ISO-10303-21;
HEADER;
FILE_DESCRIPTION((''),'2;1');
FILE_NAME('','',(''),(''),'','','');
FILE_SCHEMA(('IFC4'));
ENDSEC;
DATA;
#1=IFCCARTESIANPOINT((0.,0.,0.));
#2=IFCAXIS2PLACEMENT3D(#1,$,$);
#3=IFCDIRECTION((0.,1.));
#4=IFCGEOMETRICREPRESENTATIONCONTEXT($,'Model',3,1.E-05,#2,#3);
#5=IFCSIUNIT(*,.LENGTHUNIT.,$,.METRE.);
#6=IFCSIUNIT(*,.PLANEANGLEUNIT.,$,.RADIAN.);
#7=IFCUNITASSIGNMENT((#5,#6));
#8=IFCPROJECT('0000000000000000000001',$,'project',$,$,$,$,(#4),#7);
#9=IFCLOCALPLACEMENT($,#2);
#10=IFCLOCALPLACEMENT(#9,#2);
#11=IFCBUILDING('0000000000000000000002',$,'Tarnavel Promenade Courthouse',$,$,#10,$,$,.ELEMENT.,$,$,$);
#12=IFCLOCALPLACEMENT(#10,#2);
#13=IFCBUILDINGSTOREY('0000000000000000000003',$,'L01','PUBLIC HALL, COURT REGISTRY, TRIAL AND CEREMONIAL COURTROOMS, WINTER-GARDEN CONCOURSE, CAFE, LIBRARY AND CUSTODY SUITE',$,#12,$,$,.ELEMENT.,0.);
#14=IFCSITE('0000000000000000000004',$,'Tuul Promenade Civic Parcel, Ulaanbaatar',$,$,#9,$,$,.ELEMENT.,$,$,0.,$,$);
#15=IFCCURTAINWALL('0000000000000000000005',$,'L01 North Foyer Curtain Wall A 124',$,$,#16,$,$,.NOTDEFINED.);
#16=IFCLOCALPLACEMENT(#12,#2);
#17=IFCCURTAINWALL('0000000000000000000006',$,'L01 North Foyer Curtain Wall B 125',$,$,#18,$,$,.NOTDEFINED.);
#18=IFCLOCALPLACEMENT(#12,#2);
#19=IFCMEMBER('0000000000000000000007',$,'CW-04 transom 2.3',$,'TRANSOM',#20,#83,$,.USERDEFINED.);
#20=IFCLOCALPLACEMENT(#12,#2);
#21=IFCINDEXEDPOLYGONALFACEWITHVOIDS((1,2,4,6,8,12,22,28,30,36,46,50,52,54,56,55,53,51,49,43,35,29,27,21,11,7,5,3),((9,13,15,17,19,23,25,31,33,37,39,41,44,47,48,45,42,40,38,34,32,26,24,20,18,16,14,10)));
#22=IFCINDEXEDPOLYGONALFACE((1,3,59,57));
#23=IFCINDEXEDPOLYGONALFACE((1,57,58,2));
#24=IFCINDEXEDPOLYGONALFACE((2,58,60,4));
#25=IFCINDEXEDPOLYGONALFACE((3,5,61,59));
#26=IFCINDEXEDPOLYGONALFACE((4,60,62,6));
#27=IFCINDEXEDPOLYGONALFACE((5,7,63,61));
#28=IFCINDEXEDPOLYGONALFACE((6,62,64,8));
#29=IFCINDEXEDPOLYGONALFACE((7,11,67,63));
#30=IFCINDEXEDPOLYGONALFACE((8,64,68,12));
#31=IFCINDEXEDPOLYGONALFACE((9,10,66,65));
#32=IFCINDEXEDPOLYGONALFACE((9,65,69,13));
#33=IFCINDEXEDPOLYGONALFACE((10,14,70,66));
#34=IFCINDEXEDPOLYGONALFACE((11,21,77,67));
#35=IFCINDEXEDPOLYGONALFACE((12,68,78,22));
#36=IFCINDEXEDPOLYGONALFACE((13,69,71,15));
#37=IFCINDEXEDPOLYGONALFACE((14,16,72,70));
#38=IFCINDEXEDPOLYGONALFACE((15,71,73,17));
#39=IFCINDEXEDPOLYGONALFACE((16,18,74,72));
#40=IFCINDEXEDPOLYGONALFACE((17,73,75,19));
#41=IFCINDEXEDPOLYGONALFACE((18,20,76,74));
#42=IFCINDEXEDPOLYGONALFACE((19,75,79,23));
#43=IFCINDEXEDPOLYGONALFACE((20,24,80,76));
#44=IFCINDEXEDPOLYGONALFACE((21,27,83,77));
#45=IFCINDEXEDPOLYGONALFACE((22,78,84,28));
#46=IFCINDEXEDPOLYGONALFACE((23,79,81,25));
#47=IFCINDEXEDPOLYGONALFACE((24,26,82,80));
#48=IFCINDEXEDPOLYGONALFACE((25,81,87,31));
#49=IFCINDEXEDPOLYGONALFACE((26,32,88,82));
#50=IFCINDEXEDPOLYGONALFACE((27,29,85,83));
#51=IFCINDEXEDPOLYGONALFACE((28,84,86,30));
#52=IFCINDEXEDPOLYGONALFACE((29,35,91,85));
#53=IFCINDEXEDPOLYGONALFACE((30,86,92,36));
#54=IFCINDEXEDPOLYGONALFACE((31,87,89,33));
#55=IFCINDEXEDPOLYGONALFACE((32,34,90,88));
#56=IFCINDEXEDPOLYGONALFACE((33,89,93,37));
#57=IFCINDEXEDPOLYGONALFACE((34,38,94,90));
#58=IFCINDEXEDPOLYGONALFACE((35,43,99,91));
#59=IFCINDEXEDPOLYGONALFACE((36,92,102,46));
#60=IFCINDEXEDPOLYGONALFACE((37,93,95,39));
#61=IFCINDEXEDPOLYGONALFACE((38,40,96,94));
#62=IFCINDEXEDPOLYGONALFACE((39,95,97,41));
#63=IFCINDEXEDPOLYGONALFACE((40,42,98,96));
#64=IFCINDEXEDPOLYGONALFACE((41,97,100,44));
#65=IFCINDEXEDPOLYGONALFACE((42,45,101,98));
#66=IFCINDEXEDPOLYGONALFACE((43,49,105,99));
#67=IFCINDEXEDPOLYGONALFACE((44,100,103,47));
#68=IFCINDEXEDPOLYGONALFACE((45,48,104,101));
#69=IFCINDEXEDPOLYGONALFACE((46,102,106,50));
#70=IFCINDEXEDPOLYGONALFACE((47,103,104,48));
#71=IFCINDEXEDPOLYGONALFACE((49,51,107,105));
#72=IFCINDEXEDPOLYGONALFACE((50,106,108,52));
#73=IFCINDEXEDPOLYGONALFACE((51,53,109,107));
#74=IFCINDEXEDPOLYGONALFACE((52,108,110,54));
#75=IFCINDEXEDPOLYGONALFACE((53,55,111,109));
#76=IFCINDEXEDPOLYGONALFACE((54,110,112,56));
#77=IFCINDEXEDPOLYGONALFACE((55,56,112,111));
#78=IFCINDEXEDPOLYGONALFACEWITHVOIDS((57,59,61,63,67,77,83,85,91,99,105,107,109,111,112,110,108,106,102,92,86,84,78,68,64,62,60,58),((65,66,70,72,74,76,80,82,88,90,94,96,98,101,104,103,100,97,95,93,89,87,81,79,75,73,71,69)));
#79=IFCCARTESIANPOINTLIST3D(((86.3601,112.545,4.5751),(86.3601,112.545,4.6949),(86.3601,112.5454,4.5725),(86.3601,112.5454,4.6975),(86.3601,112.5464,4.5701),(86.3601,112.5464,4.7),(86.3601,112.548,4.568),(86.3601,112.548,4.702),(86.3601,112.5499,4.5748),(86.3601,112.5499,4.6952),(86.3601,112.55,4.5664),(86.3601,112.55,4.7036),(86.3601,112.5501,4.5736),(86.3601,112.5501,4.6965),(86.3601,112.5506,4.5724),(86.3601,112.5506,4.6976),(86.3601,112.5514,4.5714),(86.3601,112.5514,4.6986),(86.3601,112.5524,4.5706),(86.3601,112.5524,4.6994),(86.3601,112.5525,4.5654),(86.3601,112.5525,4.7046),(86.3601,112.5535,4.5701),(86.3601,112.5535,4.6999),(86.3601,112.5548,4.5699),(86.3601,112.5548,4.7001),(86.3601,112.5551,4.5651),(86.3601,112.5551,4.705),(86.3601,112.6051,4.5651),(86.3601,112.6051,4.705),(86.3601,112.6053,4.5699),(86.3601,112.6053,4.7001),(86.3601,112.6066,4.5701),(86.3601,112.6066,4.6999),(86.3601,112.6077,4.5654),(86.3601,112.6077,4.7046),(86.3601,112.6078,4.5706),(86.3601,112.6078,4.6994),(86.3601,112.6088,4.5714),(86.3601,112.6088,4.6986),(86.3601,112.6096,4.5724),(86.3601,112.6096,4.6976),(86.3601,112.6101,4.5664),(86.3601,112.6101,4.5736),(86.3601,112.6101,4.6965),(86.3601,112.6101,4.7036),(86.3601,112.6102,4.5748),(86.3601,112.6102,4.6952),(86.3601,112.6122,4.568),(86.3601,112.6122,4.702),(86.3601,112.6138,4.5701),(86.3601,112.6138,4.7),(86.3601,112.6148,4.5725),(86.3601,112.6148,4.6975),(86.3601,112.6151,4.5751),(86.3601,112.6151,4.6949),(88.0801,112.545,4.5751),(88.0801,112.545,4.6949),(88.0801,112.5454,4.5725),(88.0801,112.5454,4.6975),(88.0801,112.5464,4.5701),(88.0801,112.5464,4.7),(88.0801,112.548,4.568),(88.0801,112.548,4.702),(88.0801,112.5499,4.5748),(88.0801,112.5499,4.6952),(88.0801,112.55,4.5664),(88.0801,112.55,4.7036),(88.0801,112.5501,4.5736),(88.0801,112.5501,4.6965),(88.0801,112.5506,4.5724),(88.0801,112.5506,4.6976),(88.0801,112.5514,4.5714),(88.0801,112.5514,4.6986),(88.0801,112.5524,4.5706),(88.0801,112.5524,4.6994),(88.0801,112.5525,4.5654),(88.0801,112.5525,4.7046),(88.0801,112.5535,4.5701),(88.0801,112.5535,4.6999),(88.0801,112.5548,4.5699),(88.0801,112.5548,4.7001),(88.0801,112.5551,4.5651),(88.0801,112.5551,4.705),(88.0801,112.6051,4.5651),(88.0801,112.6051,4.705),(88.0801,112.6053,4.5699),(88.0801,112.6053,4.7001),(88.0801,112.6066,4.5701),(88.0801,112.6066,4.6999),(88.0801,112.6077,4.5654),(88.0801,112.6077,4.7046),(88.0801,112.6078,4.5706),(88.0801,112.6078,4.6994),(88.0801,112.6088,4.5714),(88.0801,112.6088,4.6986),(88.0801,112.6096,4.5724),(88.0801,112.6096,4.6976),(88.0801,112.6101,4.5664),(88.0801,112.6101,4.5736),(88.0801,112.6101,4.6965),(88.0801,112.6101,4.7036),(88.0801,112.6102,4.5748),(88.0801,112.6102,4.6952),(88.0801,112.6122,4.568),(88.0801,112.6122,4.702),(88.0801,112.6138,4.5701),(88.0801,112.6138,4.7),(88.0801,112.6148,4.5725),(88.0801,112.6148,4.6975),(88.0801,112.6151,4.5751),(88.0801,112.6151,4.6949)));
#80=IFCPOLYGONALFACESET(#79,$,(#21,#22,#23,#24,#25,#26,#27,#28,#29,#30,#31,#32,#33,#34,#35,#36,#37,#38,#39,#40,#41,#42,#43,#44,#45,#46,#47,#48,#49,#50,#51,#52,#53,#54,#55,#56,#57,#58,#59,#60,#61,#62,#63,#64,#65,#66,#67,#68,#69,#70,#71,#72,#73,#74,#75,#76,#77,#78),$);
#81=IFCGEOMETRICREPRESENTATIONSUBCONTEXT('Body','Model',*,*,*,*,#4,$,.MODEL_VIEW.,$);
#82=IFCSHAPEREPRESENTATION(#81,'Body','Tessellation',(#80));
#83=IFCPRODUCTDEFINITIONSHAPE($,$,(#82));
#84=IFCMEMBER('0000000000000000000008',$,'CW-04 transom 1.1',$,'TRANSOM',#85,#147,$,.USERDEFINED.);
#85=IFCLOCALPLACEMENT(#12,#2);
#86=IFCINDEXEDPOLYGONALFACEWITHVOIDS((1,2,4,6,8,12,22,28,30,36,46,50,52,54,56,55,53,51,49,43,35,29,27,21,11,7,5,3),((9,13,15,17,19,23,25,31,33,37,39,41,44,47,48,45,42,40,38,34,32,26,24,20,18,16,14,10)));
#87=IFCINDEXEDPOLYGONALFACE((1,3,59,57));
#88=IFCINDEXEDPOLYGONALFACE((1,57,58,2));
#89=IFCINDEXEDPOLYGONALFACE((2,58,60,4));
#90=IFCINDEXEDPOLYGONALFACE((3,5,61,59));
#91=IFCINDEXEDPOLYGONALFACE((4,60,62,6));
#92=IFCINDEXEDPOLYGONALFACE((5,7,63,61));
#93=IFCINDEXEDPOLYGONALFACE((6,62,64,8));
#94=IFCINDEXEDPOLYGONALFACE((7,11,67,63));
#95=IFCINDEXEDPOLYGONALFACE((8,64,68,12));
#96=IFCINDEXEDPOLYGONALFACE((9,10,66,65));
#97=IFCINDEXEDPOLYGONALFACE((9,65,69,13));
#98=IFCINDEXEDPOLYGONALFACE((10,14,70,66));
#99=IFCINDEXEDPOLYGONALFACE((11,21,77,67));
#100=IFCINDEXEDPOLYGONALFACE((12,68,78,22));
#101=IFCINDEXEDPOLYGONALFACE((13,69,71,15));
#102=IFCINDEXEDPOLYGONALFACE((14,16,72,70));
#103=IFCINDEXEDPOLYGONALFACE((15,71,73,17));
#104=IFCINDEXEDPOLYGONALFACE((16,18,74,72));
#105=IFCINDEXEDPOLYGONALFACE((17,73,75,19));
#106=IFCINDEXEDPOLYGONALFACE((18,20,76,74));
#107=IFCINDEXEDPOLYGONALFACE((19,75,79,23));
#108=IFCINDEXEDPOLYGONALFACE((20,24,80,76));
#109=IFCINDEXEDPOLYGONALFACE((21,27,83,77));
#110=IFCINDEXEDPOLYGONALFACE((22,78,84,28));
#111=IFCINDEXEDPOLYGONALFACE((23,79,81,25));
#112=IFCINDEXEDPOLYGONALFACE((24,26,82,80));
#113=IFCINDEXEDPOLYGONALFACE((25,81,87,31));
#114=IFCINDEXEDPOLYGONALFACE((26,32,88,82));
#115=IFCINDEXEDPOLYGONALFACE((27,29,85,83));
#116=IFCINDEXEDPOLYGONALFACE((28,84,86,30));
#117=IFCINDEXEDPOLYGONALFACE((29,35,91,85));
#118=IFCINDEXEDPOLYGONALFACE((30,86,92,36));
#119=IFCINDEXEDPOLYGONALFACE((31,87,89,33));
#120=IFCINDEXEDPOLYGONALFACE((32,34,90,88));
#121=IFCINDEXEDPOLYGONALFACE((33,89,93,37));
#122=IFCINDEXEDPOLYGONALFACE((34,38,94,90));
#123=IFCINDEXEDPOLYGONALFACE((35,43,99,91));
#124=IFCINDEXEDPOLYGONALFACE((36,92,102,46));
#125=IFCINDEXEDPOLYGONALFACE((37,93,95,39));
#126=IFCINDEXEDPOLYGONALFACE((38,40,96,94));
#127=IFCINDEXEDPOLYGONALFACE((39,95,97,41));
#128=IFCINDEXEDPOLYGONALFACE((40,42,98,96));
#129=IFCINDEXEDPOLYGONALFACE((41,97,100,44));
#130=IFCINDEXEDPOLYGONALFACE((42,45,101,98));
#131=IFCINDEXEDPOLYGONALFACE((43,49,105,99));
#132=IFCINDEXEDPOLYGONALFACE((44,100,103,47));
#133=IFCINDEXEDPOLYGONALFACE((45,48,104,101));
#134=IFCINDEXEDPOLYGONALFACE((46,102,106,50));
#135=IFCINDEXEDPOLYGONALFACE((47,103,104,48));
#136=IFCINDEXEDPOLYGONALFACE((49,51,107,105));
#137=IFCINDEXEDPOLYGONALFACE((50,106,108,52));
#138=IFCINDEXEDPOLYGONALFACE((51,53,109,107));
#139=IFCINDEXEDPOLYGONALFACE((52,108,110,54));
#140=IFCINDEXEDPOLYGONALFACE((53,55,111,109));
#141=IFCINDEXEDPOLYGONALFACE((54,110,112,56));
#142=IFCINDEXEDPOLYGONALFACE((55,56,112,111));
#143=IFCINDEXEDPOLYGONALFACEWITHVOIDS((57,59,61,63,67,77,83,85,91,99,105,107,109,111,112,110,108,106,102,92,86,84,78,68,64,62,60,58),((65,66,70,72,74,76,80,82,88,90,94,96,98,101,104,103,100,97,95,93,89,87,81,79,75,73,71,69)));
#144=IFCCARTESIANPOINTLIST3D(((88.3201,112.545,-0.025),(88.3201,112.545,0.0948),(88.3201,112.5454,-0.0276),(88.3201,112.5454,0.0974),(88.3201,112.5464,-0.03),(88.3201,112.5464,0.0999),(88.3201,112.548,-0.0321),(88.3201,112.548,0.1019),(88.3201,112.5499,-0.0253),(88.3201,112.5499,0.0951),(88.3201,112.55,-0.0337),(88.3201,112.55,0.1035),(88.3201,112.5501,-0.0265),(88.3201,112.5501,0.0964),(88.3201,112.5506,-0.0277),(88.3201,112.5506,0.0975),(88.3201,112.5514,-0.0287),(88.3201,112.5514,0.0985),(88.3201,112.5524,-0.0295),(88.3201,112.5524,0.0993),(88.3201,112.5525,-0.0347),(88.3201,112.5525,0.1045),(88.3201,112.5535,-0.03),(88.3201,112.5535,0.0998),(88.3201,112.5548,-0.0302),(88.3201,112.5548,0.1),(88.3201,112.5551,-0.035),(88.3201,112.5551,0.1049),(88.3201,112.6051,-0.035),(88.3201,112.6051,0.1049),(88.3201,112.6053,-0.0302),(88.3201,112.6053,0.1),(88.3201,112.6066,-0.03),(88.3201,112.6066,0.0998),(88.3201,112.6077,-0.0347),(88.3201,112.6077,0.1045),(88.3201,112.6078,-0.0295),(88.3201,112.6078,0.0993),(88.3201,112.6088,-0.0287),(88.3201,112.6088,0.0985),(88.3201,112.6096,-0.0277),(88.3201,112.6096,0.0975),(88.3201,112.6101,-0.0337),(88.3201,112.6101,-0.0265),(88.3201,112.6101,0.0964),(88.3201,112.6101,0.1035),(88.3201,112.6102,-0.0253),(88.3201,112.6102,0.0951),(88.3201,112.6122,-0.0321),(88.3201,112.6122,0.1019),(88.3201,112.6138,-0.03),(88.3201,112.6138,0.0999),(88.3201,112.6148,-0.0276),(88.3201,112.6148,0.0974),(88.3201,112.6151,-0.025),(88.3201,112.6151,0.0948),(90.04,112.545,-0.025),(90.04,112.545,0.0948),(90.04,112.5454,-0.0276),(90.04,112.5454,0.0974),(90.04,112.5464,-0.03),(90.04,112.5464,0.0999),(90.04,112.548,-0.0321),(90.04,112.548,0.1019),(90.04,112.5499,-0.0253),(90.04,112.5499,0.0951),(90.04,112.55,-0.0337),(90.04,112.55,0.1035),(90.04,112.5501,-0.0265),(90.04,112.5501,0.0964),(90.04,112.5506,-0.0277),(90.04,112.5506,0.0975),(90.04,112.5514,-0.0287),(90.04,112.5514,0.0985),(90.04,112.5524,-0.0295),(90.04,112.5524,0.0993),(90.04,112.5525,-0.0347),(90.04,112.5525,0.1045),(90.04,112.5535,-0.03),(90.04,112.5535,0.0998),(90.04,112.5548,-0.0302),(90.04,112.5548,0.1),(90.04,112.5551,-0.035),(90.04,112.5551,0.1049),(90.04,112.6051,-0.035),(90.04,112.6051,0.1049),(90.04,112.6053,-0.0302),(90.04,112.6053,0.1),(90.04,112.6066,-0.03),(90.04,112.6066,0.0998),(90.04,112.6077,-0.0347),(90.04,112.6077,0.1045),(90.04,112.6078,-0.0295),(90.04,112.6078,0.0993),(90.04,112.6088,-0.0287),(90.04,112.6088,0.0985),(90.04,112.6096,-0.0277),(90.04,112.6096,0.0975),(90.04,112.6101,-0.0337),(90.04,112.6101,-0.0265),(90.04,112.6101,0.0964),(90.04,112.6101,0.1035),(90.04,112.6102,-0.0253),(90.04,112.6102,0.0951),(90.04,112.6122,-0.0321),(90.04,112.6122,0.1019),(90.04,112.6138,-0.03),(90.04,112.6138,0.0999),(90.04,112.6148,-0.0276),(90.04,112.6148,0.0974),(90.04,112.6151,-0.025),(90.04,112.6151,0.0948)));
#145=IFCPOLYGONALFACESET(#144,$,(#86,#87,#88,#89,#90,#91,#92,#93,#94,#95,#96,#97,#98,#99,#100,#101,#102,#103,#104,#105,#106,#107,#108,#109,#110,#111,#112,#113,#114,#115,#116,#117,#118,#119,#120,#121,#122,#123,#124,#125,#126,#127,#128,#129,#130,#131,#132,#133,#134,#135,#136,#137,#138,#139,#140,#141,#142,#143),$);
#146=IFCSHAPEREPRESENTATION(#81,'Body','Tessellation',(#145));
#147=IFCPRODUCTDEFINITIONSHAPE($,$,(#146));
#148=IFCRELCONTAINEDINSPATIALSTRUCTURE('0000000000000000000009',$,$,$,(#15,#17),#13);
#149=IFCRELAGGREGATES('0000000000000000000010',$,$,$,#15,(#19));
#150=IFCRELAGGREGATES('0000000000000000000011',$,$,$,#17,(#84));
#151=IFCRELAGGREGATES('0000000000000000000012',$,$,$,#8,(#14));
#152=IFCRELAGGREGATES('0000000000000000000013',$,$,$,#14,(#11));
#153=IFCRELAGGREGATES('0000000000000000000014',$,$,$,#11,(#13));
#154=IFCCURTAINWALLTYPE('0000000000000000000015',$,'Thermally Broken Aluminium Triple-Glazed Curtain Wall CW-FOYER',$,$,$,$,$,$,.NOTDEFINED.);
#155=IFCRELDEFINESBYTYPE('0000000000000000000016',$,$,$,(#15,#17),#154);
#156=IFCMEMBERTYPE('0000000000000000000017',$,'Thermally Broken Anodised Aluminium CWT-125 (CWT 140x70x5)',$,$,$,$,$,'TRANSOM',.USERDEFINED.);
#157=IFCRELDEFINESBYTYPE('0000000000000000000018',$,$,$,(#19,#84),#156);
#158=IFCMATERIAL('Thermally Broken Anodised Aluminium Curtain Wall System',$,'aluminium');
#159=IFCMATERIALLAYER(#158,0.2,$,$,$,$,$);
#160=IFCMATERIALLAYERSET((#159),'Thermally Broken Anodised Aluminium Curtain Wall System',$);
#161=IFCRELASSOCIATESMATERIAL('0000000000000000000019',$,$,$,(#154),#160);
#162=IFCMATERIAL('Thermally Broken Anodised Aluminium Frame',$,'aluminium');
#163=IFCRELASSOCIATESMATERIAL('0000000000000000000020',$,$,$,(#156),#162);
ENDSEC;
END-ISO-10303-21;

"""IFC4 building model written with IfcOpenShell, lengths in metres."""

from ifc_helpers import new_model, si_unit, direction, frame, origin, origin_2d, place, context, subcontext, project, spatial, hollow_rectangle, extrude, material, layer, layer_set, material_profile, profile_set, type_object, element, aggregate, save


model = new_model("IFC4")

# Units and contexts
model_context = context("Model", 3, precision=1e-05, world=origin(), true_north=direction((0.0, 1.0)))
body_context = subcontext(model_context, "Body", "Model", "MODEL_VIEW")
ifc_project = project(units=[si_unit("LENGTHUNIT", "METRE"), si_unit("PLANEANGLEUNIT", "RADIAN")], contexts=[model_context])

# Site, building, storey
site_placement = place(None, origin())
site = spatial("IfcSite", under=ifc_project, at=site_placement, Name="Tuul Promenade Civic Parcel, Ulaanbaatar", CompositionType="ELEMENT", RefElevation=0.0)
building_placement = place(site_placement, origin())
building = spatial("IfcBuilding", under=site, at=building_placement, Name="Tarnavel Promenade Courthouse", CompositionType="ELEMENT")
storey_placement = place(building_placement, origin())
storey = spatial("IfcBuildingStorey", under=building, at=storey_placement, Name="L01", Description="PUBLIC HALL, COURT REGISTRY, TRIAL AND CEREMONIAL COURTROOMS, WINTER-GARDEN CONCOURSE, CAFE, LIBRARY AND CUSTODY SUITE", CompositionType="ELEMENT", Elevation=0.0)

# Curtain walls
ifc_material_1 = material(Name="Thermally Broken Anodised Aluminium Curtain Wall System", Category="aluminium")
ifc_layer_1 = layer(ifc_material_1, 0.2)
ifc_layer_set_1 = layer_set([ifc_layer_1], Name="Thermally Broken Anodised Aluminium Curtain Wall System")
curtain_wall_type = type_object("IfcCurtainWallType", Name="Thermally Broken Aluminium Triple-Glazed Curtain Wall CW-FOYER", PredefinedType="NOTDEFINED", material=ifc_layer_set_1)
curtain_wall_1_placement = place(storey_placement, origin())
curtain_wall_1 = element("IfcCurtainWall", 1, at=curtain_wall_1_placement, inside=storey, type_object=curtain_wall_type, Name="L01 North Foyer Curtain Wall A 124", PredefinedType="NOTDEFINED")
ifc_material_2 = material(Name="Thermally Broken Anodised Aluminium Frame", Category="aluminium")
curtain_wall_2_placement = place(storey_placement, origin())
curtain_wall_2 = element("IfcCurtainWall", 2, at=curtain_wall_2_placement, inside=storey, type_object=curtain_wall_type, Name="L01 North Foyer Curtain Wall B 125", PredefinedType="NOTDEFINED")

# Members
ifc_material_profile_1 = material_profile(ifc_material_2, hollow_rectangle(XDim=0.0701, YDim=0.1399, WallThickness=0.0049, InnerFilletRadius=0.0049, OuterFilletRadius=0.01, at=origin_2d()), Name="CWT 140x70x5")
ifc_profile_set_1 = profile_set([ifc_material_profile_1], Name="Thermally Broken Anodised Aluminium Frame")
member_type_1 = type_object("IfcMemberType", Name="Thermally Broken Anodised Aluminium CWT-125 (CWT 140x70x5)", ElementType="TRANSOM", PredefinedType="USERDEFINED", material=ifc_profile_set_1)
member_1_placement = place(storey_placement, frame((86.3601, 112.5801, 4.635), z_axis=(1.0, 0.0, 0.0), x_axis=(0.0, 1.0, 0.0)))
member_1 = element("IfcMember", 3, at=member_1_placement, type_object=member_type_1, Name="CW-04 transom 2.3", ObjectType="TRANSOM", PredefinedType="USERDEFINED", context=body_context, shape_type="SweptSolid", body=[
    extrude(hollow_rectangle(XDim=0.0701, YDim=0.1399, WallThickness=0.0049, InnerFilletRadius=0.0049, OuterFilletRadius=0.01, at=origin_2d()), origin(), (0.0, 0.0, 1.0), 1.72),
])
member_2_placement = place(storey_placement, frame((88.3201, 112.5801, 0.0349), z_axis=(1.0, 0.0, 0.0), x_axis=(0.0, 1.0, 0.0)))
member_2 = element("IfcMember", 4, at=member_2_placement, type_object=member_type_1, Name="CW-04 transom 1.1", ObjectType="TRANSOM", PredefinedType="USERDEFINED", context=body_context, shape_type="SweptSolid", body=[
    extrude(hollow_rectangle(XDim=0.0701, YDim=0.1399, WallThickness=0.0049, InnerFilletRadius=0.0049, OuterFilletRadius=0.01, at=origin_2d()), origin(), (0.0, 0.0, 1.0), 1.72),
])

aggregate(curtain_wall_1, [member_1])
aggregate(curtain_wall_2, [member_2])

save(model, "model.ifc")
